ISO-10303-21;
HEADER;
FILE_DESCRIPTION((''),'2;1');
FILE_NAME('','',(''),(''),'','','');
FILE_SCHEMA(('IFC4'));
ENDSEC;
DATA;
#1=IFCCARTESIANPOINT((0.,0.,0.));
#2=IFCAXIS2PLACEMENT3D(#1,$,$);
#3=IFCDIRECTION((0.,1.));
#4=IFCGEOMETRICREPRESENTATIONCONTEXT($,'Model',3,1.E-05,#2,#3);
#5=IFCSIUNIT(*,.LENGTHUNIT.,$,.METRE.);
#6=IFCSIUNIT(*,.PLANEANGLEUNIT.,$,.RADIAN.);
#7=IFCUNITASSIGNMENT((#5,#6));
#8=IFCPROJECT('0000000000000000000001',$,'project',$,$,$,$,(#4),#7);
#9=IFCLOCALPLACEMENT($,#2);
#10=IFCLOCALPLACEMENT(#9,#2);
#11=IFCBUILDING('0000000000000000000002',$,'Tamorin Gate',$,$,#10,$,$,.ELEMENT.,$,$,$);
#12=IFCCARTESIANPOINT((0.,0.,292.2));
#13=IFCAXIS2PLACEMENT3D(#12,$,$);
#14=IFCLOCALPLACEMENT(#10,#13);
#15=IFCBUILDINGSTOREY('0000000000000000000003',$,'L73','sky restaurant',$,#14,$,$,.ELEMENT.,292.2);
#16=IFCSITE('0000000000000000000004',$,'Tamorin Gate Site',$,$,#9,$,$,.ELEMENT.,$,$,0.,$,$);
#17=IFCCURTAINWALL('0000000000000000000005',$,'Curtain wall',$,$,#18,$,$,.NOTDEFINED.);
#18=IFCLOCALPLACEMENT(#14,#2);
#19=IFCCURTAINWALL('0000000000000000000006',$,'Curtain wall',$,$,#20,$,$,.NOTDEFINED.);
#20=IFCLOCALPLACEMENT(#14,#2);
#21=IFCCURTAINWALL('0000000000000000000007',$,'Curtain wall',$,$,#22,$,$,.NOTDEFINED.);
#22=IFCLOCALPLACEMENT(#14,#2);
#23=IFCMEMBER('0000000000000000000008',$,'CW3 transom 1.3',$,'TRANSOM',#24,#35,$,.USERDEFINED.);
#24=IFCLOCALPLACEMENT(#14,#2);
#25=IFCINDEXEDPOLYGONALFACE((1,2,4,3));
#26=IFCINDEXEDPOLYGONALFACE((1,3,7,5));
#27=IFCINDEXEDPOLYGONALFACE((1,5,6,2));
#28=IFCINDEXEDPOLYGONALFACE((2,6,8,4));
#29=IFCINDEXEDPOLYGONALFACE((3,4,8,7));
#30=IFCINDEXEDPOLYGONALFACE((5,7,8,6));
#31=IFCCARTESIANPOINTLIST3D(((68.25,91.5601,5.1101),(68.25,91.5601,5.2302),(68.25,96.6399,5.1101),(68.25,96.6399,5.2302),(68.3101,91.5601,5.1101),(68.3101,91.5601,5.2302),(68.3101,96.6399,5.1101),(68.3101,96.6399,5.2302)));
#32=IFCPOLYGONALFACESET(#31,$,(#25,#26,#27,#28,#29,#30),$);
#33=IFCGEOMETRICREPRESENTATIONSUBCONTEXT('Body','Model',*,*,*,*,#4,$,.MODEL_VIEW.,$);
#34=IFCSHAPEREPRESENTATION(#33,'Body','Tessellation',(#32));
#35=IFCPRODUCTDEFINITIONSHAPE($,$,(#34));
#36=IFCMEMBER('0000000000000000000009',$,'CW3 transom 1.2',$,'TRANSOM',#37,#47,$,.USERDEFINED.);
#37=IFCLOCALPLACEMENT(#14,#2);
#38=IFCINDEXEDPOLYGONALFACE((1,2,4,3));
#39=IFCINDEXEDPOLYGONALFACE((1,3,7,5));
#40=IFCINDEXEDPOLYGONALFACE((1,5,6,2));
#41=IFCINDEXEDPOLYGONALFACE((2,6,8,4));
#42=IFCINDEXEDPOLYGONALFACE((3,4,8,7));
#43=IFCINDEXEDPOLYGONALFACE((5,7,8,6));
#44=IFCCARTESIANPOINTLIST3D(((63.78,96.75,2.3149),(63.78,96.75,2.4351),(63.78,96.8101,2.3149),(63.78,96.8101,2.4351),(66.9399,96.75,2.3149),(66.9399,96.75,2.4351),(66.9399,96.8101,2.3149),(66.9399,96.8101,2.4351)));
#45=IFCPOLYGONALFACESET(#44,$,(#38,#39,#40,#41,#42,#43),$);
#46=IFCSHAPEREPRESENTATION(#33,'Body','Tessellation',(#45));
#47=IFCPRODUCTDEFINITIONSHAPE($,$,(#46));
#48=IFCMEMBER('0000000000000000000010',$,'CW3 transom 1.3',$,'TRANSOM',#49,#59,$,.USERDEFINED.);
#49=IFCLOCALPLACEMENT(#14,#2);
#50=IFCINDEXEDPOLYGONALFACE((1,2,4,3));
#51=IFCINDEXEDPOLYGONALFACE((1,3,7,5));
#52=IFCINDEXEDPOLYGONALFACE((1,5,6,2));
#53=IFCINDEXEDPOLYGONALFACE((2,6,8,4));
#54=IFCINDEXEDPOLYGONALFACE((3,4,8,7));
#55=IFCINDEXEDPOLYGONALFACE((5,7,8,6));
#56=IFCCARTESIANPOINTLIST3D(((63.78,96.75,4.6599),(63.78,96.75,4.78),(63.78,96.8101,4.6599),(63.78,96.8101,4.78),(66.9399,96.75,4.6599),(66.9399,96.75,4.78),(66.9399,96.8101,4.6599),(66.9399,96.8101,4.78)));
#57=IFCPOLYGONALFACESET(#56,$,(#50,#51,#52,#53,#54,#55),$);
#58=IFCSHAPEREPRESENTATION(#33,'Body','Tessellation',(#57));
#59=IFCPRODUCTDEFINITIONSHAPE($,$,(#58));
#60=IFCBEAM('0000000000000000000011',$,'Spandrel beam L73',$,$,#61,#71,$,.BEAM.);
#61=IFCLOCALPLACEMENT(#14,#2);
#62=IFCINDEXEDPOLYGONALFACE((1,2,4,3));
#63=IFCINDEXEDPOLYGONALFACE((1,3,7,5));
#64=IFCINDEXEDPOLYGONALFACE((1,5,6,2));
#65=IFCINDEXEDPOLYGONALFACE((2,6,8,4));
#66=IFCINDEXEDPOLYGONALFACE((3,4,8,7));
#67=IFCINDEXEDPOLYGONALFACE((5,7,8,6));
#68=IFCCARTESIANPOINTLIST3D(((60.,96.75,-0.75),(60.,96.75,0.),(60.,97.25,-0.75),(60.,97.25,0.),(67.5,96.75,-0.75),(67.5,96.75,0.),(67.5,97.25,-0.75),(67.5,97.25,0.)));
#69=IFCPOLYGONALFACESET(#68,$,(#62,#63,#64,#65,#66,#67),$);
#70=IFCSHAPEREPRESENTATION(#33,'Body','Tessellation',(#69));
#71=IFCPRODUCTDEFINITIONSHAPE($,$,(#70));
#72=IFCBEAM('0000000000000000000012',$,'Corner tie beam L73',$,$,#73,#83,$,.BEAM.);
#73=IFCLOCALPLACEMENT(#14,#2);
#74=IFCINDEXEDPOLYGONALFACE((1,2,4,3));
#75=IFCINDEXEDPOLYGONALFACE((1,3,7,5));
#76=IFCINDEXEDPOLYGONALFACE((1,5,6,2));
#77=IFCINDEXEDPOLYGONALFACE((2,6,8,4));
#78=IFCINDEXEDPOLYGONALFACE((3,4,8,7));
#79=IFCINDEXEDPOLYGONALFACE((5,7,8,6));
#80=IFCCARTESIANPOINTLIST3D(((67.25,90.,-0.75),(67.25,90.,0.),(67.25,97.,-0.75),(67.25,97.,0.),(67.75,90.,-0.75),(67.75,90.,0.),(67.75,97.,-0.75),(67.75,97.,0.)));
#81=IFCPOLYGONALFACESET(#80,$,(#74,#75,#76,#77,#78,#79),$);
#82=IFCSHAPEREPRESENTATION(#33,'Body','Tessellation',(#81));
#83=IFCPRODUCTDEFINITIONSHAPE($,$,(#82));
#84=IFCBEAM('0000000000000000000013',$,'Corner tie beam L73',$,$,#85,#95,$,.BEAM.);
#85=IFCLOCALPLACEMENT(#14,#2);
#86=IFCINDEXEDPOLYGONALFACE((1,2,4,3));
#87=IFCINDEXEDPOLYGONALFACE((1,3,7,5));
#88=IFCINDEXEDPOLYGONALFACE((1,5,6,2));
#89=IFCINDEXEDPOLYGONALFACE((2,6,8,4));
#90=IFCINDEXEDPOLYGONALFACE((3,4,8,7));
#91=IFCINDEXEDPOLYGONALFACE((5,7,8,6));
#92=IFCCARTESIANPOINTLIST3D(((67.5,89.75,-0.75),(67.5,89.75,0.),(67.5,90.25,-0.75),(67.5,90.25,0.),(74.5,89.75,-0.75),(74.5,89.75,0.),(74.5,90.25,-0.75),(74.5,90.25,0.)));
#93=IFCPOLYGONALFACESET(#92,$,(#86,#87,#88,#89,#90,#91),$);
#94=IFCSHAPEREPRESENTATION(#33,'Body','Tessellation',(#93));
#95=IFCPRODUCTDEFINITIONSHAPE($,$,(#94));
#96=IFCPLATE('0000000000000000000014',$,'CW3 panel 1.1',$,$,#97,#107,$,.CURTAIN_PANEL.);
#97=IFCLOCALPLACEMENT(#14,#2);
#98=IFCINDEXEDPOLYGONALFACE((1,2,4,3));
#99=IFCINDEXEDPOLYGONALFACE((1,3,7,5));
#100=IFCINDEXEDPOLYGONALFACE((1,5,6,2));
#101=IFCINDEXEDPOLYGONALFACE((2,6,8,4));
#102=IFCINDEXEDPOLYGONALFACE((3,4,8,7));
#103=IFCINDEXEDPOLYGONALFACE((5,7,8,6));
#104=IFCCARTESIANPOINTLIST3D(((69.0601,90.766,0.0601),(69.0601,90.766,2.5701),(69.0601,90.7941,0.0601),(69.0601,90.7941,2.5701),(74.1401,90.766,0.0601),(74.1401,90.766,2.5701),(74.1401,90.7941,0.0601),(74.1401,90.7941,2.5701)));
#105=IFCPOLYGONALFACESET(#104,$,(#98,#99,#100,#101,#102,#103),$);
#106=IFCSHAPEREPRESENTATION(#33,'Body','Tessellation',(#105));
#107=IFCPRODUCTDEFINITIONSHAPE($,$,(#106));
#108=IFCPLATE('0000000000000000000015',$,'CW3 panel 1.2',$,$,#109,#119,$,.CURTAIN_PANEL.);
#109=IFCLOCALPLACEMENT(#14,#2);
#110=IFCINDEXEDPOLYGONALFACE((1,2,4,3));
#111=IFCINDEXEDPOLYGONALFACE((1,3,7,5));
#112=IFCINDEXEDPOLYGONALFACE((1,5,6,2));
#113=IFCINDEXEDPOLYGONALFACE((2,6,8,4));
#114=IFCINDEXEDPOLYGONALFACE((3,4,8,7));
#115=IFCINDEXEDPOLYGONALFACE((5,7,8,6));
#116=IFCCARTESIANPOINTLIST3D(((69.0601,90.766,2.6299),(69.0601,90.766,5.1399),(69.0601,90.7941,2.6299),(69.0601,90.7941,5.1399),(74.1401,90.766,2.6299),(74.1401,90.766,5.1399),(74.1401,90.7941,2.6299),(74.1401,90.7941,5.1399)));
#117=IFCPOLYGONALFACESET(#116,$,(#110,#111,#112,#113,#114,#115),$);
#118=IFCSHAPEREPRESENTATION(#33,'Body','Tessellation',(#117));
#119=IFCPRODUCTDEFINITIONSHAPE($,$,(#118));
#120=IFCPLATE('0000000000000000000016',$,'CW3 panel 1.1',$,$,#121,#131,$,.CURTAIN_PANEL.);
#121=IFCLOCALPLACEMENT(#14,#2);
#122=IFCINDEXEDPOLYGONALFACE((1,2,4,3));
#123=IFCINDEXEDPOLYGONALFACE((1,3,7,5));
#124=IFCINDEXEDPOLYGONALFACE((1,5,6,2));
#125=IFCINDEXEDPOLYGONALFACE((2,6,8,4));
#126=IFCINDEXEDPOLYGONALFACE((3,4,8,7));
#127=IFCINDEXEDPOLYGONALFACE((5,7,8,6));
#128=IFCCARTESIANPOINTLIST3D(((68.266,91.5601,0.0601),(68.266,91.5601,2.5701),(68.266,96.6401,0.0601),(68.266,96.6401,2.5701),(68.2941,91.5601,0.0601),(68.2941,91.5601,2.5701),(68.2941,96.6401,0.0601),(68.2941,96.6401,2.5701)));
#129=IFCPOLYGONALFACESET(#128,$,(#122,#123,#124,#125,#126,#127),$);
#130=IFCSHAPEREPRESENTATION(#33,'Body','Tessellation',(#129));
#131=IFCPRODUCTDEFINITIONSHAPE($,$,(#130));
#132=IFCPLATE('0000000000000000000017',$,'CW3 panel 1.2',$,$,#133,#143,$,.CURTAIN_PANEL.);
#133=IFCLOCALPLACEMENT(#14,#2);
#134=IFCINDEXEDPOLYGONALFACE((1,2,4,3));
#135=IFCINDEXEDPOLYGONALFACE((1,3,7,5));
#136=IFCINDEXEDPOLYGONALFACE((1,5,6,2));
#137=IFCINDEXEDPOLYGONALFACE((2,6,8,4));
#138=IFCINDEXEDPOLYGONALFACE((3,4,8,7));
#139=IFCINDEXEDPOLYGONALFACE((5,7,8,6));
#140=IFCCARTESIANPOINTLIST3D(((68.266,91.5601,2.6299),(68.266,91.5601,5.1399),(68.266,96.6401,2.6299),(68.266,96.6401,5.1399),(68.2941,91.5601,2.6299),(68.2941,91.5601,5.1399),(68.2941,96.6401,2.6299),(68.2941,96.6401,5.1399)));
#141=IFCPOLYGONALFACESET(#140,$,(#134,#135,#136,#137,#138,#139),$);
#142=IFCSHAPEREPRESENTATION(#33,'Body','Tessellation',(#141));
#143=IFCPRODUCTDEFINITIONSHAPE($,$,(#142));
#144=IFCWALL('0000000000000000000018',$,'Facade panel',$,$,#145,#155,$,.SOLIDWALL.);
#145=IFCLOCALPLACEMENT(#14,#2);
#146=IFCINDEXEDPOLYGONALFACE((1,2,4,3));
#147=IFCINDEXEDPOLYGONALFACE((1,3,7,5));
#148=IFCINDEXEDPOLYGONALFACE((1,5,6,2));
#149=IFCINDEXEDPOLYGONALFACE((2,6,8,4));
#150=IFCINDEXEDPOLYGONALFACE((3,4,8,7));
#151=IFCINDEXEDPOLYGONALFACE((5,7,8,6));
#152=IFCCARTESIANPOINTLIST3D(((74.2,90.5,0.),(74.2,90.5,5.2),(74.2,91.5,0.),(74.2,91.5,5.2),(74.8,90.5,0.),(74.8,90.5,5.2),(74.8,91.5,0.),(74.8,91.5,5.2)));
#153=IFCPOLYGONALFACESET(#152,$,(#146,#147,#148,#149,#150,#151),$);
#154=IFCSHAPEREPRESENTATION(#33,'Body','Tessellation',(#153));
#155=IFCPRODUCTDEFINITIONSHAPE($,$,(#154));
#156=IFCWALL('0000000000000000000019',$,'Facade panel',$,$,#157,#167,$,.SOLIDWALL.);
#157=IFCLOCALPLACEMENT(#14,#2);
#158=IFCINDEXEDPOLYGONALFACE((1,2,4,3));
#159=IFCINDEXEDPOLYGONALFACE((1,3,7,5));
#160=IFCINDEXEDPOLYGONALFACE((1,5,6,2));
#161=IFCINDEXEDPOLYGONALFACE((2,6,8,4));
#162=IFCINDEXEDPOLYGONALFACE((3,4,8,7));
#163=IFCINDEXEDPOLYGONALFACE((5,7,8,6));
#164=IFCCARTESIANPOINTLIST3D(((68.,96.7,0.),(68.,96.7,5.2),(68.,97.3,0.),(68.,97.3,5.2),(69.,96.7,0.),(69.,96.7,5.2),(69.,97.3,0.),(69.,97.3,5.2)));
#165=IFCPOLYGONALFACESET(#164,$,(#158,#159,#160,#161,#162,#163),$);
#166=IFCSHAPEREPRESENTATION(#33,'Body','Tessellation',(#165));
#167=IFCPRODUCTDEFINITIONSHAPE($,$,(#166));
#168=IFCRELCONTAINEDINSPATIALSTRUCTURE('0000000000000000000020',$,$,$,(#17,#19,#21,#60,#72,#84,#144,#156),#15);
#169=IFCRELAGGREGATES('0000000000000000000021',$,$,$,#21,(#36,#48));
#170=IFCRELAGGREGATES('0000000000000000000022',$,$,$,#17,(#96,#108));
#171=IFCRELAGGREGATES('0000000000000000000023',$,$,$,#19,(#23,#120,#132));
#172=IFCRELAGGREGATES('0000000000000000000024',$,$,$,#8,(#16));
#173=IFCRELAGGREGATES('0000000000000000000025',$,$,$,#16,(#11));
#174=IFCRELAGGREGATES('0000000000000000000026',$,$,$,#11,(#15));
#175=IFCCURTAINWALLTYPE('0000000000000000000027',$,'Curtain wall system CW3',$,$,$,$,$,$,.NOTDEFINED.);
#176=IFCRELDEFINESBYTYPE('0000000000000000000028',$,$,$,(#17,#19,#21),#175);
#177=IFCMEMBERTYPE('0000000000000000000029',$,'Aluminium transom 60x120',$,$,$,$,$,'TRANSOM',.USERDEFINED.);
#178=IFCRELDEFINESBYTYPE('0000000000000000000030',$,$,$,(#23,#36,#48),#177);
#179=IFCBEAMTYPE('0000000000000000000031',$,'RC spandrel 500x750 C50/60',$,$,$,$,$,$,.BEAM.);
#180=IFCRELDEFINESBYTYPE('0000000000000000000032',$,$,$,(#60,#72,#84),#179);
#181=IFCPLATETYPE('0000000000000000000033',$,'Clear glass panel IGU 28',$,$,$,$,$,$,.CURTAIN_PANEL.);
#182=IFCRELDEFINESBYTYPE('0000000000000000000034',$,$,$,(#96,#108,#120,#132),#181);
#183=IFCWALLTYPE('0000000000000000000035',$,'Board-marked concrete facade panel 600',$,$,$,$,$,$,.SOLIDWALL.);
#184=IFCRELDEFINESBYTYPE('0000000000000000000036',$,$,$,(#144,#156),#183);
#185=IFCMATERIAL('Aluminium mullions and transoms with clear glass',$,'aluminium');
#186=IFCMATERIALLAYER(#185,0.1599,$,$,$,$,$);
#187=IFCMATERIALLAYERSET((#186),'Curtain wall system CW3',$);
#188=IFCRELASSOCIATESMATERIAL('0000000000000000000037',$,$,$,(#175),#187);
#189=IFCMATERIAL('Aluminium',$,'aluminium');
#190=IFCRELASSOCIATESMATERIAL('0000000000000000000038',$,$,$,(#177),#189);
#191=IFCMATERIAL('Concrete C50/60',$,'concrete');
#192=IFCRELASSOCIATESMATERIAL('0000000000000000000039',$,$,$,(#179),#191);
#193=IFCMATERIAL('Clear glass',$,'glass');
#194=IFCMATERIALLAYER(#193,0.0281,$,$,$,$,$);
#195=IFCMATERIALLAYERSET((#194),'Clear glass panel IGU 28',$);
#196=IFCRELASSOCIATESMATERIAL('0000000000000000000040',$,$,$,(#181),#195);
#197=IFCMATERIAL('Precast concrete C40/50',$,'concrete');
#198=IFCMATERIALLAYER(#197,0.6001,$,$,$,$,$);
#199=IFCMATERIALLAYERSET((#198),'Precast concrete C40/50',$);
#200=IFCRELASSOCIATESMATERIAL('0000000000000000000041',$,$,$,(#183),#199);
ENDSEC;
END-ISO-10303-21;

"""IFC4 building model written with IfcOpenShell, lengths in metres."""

from ifc_helpers import new_model, si_unit, direction, frame, frame_2d, origin, origin_2d, place, context, subcontext, project, spatial, rectangle, extrude, material, layer, layer_set, material_profile, profile_set, type_object, element, aggregate, save


model = new_model("IFC4")

# Units and contexts
model_context = context("Model", 3, precision=1e-05, world=origin(), true_north=direction((0.0, 1.0)))
body_context = subcontext(model_context, "Body", "Model", "MODEL_VIEW")
ifc_project = project(units=[si_unit("LENGTHUNIT", "METRE"), si_unit("PLANEANGLEUNIT", "RADIAN")], contexts=[model_context])

# Site, building, storey
site_placement = place(None, origin())
site = spatial("IfcSite", under=ifc_project, at=site_placement, Name="Tamorin Gate Site", CompositionType="ELEMENT", RefElevation=0.0)
building_placement = place(site_placement, origin())
building = spatial("IfcBuilding", under=site, at=building_placement, Name="Tamorin Gate", CompositionType="ELEMENT")
storey_placement = place(building_placement, frame((0.0, 0.0, 292.2)))
storey = spatial("IfcBuildingStorey", under=building, at=storey_placement, Name="L73", Description="sky restaurant", CompositionType="ELEMENT", Elevation=292.2)

# Shared definitions
ifc_material_1 = material(Name="Concrete C50/60", Category="concrete")

# Shared definitions
ifc_material_2 = material(Name="Aluminium mullions and transoms with clear glass", Category="aluminium")
ifc_layer_1 = layer(ifc_material_2, 0.1599)
ifc_layer_set_1 = layer_set([ifc_layer_1], Name="Curtain wall system CW3")
curtain_wall_type = type_object("IfcCurtainWallType", Name="Curtain wall system CW3", PredefinedType="NOTDEFINED", material=ifc_layer_set_1)
ifc_material_3 = material(Name="Aluminium", Category="aluminium")

# Curtain walls
curtain_wall_1_placement = place(storey_placement, origin())
curtain_wall_1 = element("IfcCurtainWall", 1, at=curtain_wall_1_placement, inside=storey, type_object=curtain_wall_type, Name="Curtain wall", PredefinedType="NOTDEFINED")
curtain_wall_2_placement = place(storey_placement, origin())
curtain_wall_2 = element("IfcCurtainWall", 2, at=curtain_wall_2_placement, inside=storey, type_object=curtain_wall_type, Name="Curtain wall", PredefinedType="NOTDEFINED")

# Curtain wall
curtain_wall_3_placement = place(storey_placement, origin())
curtain_wall_3 = element("IfcCurtainWall", 3, at=curtain_wall_3_placement, inside=storey, type_object=curtain_wall_type, Name="Curtain wall", PredefinedType="NOTDEFINED")

# Members
ifc_material_profile_1 = material_profile(ifc_material_3, rectangle(XDim=0.0601, YDim=0.1201, at=origin_2d()), Name="RECT 60x120")
ifc_profile_set_1 = profile_set([ifc_material_profile_1], Name="Aluminium")
member_type_1 = type_object("IfcMemberType", Name="Aluminium transom 60x120", ElementType="TRANSOM", PredefinedType="USERDEFINED", material=ifc_profile_set_1)
member_1_placement = place(storey_placement, frame((68.28, 91.5601, 5.1702), z_axis=(0.0, 1.0, 0.0), x_axis=(-1.0, 0.0, 0.0)))
member_1 = element("IfcMember", 4, at=member_1_placement, type_object=member_type_1, Name="CW3 transom 1.3", ObjectType="TRANSOM", PredefinedType="USERDEFINED", context=body_context, shape_type="SweptSolid", body=[
    extrude(rectangle(XDim=0.0601, YDim=0.1201, at=origin_2d()), origin(), (0.0, 0.0, 1.0), 5.0798),
])
member_2_placement = place(storey_placement, frame((66.9399, 96.78, 2.375), z_axis=(-1.0, 0.0, 0.0), x_axis=(0.0, -1.0, 0.0)))
member_2 = element("IfcMember", 5, at=member_2_placement, type_object=member_type_1, Name="CW3 transom 1.2", ObjectType="TRANSOM", PredefinedType="USERDEFINED", context=body_context, shape_type="SweptSolid", body=[
    extrude(rectangle(XDim=0.0601, YDim=0.1201, at=origin_2d()), origin(), (0.0, 0.0, 1.0), 3.1599),
])
member_3_placement = place(storey_placement, frame((66.9399, 96.78, 4.72), z_axis=(-1.0, 0.0, 0.0), x_axis=(0.0, -1.0, 0.0)))
member_3 = element("IfcMember", 6, at=member_3_placement, type_object=member_type_1, Name="CW3 transom 1.3", ObjectType="TRANSOM", PredefinedType="USERDEFINED", context=body_context, shape_type="SweptSolid", body=[
    extrude(rectangle(XDim=0.0601, YDim=0.1201, at=origin_2d()), origin(), (0.0, 0.0, 1.0), 3.1599),
])
aggregate(curtain_wall_3, [member_2, member_3])

# Beams
ifc_material_profile_2 = material_profile(ifc_material_1, rectangle(XDim=0.5, YDim=0.75, at=origin_2d()), Name="RC 500x750")
ifc_profile_set_2 = profile_set([ifc_material_profile_2], Name="Concrete C50/60")
beam_type = type_object("IfcBeamType", Name="RC spandrel 500x750 C50/60", PredefinedType="BEAM", material=ifc_profile_set_2)
beam_placement = place(storey_placement, frame((67.5, 97.0, -0.375), z_axis=(-1.0, 0.0, 0.0), x_axis=(0.0, -1.0, 0.0)))
element("IfcBeam", 7, at=beam_placement, inside=storey, type_object=beam_type, Name="Spandrel beam L73", PredefinedType="BEAM", context=body_context, shape_type="SweptSolid", body=[
    extrude(rectangle(XDim=0.5, YDim=0.75, at=origin_2d()), origin(), (0.0, 0.0, 1.0), 7.5),
])
for number, where, z_axis, x_axis, name in (
    (8, (67.5, 90.0, -0.375), (0.0, 1.0, 0.0), (-1.0, 0.0, 0.0), "Corner tie beam L73"),
    (9, (67.5, 90.0, -0.375), (1.0, 0.0, 0.0), (0.0, 1.0, 0.0), "Corner tie beam L73"),
):
    element("IfcBeam", number, at=place(storey_placement, frame(where, z_axis=z_axis, x_axis=x_axis)), inside=storey, type_object=beam_type, Name=name, PredefinedType="BEAM", context=body_context, shape_type="SweptSolid", body=[
        extrude(rectangle(XDim=0.5, YDim=0.75, at=origin_2d()), origin(), (0.0, 0.0, 1.0), 7.0),
    ])

# Plates
ifc_material_4 = material(Name="Clear glass", Category="glass")
ifc_layer_2 = layer(ifc_material_4, 0.0281)
ifc_layer_set_2 = layer_set([ifc_layer_2], Name="Clear glass panel IGU 28")
plate_type = type_object("IfcPlateType", Name="Clear glass panel IGU 28", PredefinedType="CURTAIN_PANEL", material=ifc_layer_set_2)
plate_1_placement = place(storey_placement, frame((71.6001, 90.78, 0.0601), z_axis=(0.0, 0.0, 1.0), x_axis=(-1.0, 0.0, 0.0)))
plate_1 = element("IfcPlate", 10, at=plate_1_placement, type_object=plate_type, Name="CW3 panel 1.1", PredefinedType="CURTAIN_PANEL", context=body_context, shape_type="SweptSolid", body=[
    extrude(rectangle(XDim=5.0801, YDim=0.0281, at=origin_2d()), origin(), (0.0, 0.0, 1.0), 2.51),
])
plate_2_placement = place(storey_placement, frame((71.6001, 90.78, 2.6299), z_axis=(0.0, 0.0, 1.0), x_axis=(-1.0, 0.0, 0.0)))
plate_2 = element("IfcPlate", 11, at=plate_2_placement, type_object=plate_type, Name="CW3 panel 1.2", PredefinedType="CURTAIN_PANEL", context=body_context, shape_type="SweptSolid", body=[
    extrude(rectangle(XDim=5.0801, YDim=0.0281, at=origin_2d()), origin(), (0.0, 0.0, 1.0), 2.51),
])
aggregate(curtain_wall_1, [plate_1, plate_2])
plate_3_placement = place(storey_placement, frame((68.28, 94.1001, 0.0601), z_axis=(0.0, 0.0, 1.0), x_axis=(0.0, 1.0, 0.0)))
plate_3 = element("IfcPlate", 12, at=plate_3_placement, type_object=plate_type, Name="CW3 panel 1.1", PredefinedType="CURTAIN_PANEL", context=body_context, shape_type="SweptSolid", body=[
    extrude(rectangle(XDim=5.0801, YDim=0.0281, at=origin_2d()), origin(), (0.0, 0.0, 1.0), 2.51),
])
plate_4_placement = place(storey_placement, frame((68.28, 94.1001, 2.6299), z_axis=(0.0, 0.0, 1.0), x_axis=(0.0, 1.0, 0.0)))
plate_4 = element("IfcPlate", 13, at=plate_4_placement, type_object=plate_type, Name="CW3 panel 1.2", PredefinedType="CURTAIN_PANEL", context=body_context, shape_type="SweptSolid", body=[
    extrude(rectangle(XDim=5.0801, YDim=0.0281, at=origin_2d()), origin(), (0.0, 0.0, 1.0), 2.51),
])
aggregate(curtain_wall_2, [member_1, plate_3, plate_4])

# Walls
ifc_material_5 = material(Name="Precast concrete C40/50", Category="concrete")
ifc_layer_3 = layer(ifc_material_5, 0.6001)
ifc_layer_set_3 = layer_set([ifc_layer_3], Name="Precast concrete C40/50")
wall_type = type_object("IfcWallType", Name="Board-marked concrete facade panel 600", PredefinedType="SOLIDWALL", material=ifc_layer_set_3)
for number, where, z_axis, x_axis, name in (
    (14, (74.5, 90.5, 0.0), (0.0, 0.0, 1.0), (0.0, 1.0, 0.0), "Facade panel"),
    (15, (69.0, 97.0, 0.0), (0.0, 0.0, 1.0), (-1.0, 0.0, 0.0), "Facade panel"),
):
    element("IfcWall", number, at=place(storey_placement, frame(where, z_axis=z_axis, x_axis=x_axis)), inside=storey, type_object=wall_type, Name=name, PredefinedType="SOLIDWALL", context=body_context, shape_type="SweptSolid", body=[
        extrude(rectangle(XDim=1.0, YDim=0.6001, at=frame_2d((0.5, 0.0))), origin(), (0.0, 0.0, 1.0), 5.2),
    ])

save(model, "model.ifc")
